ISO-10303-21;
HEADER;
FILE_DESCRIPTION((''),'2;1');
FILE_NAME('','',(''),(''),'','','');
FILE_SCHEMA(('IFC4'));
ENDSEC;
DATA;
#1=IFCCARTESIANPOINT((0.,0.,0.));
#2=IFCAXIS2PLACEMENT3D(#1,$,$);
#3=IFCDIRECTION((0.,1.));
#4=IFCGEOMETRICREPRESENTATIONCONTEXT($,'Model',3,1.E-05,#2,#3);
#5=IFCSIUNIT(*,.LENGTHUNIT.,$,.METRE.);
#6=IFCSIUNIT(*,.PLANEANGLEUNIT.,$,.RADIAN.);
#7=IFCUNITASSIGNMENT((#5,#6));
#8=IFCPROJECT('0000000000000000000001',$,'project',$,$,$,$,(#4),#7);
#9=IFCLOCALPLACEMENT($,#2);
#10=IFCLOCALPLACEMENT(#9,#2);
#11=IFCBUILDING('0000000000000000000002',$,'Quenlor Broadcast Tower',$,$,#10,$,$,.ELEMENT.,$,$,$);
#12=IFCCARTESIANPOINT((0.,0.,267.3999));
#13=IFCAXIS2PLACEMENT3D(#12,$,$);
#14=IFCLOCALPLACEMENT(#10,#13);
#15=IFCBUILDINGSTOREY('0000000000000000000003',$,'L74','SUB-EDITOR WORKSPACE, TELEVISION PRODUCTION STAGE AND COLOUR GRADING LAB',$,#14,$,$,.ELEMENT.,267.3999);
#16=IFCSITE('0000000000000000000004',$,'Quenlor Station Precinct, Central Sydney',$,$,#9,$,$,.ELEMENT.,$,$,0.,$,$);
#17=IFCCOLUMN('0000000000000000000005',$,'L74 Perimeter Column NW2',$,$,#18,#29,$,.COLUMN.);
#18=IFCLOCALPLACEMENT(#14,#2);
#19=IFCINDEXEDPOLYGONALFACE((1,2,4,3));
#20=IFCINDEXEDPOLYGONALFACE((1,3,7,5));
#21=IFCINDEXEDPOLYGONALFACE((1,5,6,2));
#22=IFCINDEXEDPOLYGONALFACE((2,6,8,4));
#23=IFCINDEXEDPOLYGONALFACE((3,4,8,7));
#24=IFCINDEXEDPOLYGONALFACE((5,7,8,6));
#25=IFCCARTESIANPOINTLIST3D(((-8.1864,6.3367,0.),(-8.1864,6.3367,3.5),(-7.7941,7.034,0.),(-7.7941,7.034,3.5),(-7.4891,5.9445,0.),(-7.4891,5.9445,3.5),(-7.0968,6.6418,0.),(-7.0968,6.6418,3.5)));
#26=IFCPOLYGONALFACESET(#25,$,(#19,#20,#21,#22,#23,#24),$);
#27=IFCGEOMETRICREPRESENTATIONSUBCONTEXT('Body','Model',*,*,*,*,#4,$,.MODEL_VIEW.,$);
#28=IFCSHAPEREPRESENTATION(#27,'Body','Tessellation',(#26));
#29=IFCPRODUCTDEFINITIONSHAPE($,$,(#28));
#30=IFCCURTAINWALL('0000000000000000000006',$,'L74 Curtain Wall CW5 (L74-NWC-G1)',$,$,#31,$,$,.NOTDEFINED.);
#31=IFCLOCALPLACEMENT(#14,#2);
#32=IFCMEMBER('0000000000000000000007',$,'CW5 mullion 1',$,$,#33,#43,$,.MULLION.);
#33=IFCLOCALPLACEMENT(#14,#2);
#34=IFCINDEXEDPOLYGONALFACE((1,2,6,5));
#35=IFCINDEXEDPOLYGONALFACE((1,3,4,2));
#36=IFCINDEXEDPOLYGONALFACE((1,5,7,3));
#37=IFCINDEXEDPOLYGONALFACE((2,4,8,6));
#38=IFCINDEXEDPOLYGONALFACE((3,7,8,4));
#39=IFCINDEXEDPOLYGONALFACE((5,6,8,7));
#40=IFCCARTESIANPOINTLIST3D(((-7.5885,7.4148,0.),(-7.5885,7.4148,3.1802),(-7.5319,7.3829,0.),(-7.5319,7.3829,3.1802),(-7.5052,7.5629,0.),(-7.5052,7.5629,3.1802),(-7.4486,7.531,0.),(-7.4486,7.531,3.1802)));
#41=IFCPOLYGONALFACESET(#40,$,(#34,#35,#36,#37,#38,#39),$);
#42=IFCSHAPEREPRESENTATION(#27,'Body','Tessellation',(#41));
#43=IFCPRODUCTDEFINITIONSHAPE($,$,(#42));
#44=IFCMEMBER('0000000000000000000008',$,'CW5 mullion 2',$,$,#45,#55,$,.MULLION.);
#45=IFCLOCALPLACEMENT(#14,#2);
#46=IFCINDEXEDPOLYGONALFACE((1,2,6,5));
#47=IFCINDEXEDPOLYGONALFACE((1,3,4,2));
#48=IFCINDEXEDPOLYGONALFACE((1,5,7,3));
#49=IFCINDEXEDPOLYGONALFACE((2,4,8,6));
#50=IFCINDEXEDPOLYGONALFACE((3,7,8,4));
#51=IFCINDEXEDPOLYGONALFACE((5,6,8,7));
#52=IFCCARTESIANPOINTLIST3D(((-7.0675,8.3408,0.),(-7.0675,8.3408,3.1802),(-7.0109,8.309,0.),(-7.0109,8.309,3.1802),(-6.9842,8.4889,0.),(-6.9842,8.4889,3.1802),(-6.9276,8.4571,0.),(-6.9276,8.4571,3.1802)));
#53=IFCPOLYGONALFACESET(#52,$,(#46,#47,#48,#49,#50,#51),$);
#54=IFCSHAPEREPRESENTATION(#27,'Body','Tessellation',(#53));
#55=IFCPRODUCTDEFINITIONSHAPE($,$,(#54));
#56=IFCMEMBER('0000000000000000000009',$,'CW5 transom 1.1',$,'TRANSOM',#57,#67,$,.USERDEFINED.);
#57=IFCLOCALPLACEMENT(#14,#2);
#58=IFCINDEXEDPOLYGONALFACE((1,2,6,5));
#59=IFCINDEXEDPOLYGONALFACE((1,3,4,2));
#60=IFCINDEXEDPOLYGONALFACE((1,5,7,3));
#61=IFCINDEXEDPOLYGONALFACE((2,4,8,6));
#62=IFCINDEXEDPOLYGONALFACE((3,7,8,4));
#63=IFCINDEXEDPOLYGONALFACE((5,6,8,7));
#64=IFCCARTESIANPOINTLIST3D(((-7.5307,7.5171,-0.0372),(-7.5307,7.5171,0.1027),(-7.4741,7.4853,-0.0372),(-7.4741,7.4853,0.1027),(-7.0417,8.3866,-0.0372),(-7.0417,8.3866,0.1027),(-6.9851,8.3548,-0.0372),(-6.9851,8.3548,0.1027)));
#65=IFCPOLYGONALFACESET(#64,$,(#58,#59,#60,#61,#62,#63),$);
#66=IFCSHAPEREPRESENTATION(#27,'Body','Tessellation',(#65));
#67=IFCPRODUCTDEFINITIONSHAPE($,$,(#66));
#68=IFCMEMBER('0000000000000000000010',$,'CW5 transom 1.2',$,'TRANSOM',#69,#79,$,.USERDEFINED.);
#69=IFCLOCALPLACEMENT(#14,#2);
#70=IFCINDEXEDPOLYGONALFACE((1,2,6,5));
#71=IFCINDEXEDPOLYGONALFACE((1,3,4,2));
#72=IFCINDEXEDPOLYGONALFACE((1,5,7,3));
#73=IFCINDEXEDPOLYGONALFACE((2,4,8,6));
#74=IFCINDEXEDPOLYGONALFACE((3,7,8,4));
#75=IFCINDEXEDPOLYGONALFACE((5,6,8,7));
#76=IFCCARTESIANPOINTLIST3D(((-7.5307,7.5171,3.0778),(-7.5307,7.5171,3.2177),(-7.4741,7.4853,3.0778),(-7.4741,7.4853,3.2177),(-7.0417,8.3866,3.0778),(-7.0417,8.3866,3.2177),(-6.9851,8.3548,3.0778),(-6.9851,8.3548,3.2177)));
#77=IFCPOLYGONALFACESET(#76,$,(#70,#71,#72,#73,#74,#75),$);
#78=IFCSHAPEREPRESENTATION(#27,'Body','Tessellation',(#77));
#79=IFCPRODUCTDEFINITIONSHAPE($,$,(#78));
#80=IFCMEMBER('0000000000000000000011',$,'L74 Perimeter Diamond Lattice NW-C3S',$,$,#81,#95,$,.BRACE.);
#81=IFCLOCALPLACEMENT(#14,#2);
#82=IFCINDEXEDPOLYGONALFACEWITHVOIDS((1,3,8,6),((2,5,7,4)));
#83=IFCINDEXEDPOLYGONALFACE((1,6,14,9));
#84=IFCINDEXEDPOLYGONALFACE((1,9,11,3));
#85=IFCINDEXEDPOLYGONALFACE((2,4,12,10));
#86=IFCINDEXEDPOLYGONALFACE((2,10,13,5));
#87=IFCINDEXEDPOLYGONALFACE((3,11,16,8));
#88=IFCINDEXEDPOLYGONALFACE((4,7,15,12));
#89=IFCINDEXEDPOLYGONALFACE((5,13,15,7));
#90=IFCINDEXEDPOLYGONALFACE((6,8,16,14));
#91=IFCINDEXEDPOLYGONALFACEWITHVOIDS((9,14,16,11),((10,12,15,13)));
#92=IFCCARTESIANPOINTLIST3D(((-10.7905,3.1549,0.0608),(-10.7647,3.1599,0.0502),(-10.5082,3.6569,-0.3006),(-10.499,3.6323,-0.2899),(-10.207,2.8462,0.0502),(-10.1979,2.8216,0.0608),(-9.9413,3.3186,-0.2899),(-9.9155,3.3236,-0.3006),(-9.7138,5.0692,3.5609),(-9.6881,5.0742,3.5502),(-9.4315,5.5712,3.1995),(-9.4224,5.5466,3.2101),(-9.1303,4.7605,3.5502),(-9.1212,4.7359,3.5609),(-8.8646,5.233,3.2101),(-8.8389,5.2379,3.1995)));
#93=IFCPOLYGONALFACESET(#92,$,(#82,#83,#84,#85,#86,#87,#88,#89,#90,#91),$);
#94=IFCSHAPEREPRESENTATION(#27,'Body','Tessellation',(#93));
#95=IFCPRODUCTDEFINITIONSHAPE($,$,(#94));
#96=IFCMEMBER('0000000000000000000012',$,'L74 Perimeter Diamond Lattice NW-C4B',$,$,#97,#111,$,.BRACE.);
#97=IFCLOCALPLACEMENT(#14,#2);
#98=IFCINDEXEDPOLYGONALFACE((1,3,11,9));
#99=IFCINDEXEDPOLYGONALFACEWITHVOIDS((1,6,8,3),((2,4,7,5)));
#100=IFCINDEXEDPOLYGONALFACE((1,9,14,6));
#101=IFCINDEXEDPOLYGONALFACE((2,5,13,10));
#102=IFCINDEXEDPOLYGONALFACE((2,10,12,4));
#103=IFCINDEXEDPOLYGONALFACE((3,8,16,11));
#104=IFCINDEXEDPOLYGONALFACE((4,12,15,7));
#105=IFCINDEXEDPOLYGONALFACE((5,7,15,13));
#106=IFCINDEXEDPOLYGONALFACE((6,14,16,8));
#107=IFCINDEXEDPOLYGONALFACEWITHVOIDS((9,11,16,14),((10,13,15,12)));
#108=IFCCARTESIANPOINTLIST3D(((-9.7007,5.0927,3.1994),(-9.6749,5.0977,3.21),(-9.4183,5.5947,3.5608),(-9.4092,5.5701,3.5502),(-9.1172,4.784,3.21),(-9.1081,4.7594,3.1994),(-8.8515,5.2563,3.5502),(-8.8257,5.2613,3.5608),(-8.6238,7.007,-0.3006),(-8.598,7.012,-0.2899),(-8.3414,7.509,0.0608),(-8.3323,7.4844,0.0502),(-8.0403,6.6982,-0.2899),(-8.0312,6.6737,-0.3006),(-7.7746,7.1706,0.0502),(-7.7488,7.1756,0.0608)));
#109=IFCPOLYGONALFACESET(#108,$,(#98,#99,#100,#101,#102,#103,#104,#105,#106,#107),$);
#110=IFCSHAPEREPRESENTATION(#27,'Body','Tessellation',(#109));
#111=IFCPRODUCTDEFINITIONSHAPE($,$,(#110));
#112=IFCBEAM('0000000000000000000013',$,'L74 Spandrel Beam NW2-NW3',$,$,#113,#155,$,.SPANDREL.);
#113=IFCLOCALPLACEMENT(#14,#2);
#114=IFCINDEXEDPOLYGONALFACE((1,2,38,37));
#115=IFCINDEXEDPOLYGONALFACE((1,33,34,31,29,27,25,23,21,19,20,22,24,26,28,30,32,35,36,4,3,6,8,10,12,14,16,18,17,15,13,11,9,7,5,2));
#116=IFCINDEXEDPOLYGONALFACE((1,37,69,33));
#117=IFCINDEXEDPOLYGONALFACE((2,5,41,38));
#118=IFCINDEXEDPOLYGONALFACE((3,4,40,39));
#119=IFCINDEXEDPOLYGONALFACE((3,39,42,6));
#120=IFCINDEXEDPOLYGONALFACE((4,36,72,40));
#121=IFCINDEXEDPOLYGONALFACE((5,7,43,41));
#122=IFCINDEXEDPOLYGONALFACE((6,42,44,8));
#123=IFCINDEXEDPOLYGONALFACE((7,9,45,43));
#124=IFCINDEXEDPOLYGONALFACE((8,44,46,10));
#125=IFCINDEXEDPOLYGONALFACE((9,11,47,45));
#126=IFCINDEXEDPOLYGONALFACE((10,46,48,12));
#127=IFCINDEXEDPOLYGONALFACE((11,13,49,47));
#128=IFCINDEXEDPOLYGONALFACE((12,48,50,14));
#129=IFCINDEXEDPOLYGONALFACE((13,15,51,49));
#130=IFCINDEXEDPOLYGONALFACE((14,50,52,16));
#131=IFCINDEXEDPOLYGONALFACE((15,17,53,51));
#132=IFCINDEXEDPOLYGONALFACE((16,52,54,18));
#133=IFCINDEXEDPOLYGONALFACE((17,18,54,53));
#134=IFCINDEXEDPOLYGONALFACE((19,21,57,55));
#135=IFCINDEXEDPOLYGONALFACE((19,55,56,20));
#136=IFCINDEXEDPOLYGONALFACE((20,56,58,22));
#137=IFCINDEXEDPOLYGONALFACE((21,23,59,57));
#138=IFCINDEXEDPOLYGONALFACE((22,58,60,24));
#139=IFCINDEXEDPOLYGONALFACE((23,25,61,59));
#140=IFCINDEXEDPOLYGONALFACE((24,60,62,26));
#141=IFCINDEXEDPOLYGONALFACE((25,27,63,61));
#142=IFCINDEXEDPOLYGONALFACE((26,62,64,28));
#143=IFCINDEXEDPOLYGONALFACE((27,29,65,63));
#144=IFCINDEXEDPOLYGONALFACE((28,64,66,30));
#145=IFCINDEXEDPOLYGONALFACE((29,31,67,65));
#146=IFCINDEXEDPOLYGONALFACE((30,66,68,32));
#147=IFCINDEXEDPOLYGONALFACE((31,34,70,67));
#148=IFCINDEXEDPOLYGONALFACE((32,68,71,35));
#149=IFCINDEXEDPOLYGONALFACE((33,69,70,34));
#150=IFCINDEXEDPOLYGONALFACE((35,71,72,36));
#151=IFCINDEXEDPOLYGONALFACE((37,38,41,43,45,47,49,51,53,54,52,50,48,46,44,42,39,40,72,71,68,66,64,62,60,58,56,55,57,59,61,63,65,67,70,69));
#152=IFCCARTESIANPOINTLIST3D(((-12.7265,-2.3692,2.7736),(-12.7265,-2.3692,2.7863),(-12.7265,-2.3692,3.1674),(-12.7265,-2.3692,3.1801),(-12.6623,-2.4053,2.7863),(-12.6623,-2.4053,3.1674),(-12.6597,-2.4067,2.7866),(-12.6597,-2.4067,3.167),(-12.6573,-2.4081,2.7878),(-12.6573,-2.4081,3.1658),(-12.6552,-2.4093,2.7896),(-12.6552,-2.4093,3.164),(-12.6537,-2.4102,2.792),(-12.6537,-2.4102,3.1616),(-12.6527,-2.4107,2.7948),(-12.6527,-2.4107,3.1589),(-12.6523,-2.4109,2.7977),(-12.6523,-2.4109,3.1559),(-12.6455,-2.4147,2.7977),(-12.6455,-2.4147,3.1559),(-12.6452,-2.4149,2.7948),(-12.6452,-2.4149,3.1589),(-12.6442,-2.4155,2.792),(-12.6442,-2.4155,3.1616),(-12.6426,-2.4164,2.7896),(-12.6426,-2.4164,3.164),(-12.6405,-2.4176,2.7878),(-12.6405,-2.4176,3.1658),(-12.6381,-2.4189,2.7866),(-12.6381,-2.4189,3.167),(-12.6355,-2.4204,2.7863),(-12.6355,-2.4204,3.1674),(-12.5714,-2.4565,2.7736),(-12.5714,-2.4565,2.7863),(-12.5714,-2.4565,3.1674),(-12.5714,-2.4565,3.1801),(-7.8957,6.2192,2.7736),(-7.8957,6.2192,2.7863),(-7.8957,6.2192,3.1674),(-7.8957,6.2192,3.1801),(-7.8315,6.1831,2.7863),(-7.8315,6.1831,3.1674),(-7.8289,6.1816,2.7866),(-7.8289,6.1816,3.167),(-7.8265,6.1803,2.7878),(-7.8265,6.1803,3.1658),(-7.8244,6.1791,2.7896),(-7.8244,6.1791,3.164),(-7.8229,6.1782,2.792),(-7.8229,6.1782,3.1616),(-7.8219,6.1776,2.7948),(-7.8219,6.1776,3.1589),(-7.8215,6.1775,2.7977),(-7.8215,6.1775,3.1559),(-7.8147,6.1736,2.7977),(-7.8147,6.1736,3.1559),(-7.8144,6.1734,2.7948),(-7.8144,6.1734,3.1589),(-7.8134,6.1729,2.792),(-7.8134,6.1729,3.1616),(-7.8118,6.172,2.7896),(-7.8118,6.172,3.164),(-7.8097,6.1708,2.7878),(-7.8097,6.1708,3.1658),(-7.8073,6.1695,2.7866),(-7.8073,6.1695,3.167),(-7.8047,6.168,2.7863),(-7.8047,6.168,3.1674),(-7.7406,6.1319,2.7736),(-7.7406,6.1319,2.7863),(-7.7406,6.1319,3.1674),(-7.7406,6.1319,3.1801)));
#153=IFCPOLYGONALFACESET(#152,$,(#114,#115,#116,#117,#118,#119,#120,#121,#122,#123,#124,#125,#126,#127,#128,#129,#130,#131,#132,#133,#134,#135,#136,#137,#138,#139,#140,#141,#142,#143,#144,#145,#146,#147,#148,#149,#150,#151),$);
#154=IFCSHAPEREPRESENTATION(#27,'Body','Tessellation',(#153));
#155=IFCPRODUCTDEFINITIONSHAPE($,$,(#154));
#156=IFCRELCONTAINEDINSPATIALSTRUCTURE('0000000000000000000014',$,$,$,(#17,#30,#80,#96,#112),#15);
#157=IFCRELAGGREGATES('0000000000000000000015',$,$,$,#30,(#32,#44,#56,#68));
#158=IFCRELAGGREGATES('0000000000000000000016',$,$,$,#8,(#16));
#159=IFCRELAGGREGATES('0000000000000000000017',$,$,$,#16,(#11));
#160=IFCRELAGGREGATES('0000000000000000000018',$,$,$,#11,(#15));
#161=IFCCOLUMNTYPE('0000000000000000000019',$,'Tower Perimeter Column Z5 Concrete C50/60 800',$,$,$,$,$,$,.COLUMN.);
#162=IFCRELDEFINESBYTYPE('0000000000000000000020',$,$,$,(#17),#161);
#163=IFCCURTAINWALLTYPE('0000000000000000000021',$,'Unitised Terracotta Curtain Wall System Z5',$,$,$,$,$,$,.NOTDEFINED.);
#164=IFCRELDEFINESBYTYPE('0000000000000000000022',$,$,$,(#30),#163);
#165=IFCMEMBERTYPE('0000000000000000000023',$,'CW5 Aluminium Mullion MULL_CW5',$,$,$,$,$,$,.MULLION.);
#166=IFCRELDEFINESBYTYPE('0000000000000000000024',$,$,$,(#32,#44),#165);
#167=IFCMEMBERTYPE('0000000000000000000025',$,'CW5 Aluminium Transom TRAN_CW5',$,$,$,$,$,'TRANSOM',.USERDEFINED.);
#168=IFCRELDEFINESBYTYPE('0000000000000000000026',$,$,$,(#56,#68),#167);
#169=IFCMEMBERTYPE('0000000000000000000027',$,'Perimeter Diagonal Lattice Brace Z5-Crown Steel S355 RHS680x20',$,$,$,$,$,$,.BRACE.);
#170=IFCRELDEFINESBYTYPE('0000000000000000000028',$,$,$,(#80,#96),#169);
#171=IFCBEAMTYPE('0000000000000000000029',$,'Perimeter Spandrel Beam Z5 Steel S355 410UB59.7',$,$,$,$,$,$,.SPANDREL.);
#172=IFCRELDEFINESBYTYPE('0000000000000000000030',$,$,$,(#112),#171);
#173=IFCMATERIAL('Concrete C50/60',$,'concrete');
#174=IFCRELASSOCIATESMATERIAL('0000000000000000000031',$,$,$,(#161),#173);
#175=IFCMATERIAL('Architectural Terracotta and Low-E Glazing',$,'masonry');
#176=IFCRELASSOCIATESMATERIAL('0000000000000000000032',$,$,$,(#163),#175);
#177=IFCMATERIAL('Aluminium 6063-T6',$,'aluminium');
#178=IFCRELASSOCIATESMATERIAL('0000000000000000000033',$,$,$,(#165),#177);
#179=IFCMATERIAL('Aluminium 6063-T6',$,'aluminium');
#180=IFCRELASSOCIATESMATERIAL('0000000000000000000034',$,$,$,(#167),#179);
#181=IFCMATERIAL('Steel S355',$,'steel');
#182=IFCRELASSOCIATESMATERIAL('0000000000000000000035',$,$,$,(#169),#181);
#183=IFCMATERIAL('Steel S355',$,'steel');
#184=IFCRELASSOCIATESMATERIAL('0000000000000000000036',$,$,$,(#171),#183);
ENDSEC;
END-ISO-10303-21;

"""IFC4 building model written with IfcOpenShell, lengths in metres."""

from ifc_helpers import new_model, si_unit, direction, frame, origin, origin_2d, place, context, subcontext, project, spatial, rectangle, hollow_rectangle, i_section, extrude, material, material_profile, profile_set, type_object, element, aggregate, save


model = new_model("IFC4")

# Units and contexts
model_context = context("Model", 3, precision=1e-05, world=origin(), true_north=direction((0.0, 1.0)))
body_context = subcontext(model_context, "Body", "Model", "MODEL_VIEW")
ifc_project = project(units=[si_unit("LENGTHUNIT", "METRE"), si_unit("PLANEANGLEUNIT", "RADIAN")], contexts=[model_context])

# Site, building, storey
site_placement = place(None, origin())
site = spatial("IfcSite", under=ifc_project, at=site_placement, Name="Quenlor Station Precinct, Central Sydney", CompositionType="ELEMENT", RefElevation=0.0)
building_placement = place(site_placement, origin())
building = spatial("IfcBuilding", under=site, at=building_placement, Name="Quenlor Broadcast Tower", CompositionType="ELEMENT")
storey_placement = place(building_placement, frame((0.0, 0.0, 267.3999)))
storey = spatial("IfcBuildingStorey", under=building, at=storey_placement, Name="L74", Description="SUB-EDITOR WORKSPACE, TELEVISION PRODUCTION STAGE AND COLOUR GRADING LAB", CompositionType="ELEMENT", Elevation=267.3999)

# Column
ifc_material_1 = material(Name="Concrete C50/60", Category="concrete")
ifc_material_profile_1 = material_profile(ifc_material_1, rectangle(XDim=0.8, YDim=0.8, at=origin_2d()))
ifc_profile_set_1 = profile_set([ifc_material_profile_1], Name="Concrete C50/60 RC800x800")
column_type = type_object("IfcColumnType", Name="Tower Perimeter Column Z5 Concrete C50/60 800", PredefinedType="COLUMN", material=ifc_profile_set_1)
column_placement = place(storey_placement, frame((-7.6416, 6.4893, 0.0), z_axis=(0.0, 0.0, 1.0), x_axis=(-0.871575, 0.490262, 0.0)))
element("IfcColumn", 1, at=column_placement, inside=storey, type_object=column_type, Name="L74 Perimeter Column NW2", PredefinedType="COLUMN", context=body_context, shape_type="SweptSolid", body=[
    extrude(rectangle(XDim=0.8, YDim=0.8, at=origin_2d()), origin(), (0.0, 0.0, 1.0), 3.5),
])

# Curtain wall, members
ifc_material_2 = material(Name="Architectural Terracotta and Low-E Glazing", Category="masonry")
curtain_wall_type = type_object("IfcCurtainWallType", Name="Unitised Terracotta Curtain Wall System Z5", PredefinedType="NOTDEFINED", material=ifc_material_2)
curtain_wall_placement = place(storey_placement, origin())
curtain_wall = element("IfcCurtainWall", 2, at=curtain_wall_placement, inside=storey, type_object=curtain_wall_type, Name="L74 Curtain Wall CW5 (L74-NWC-G1)", PredefinedType="NOTDEFINED")
ifc_material_3 = material(Name="Aluminium 6063-T6", Category="aluminium")
ifc_material_profile_2 = material_profile(ifc_material_3, rectangle(XDim=0.0649, YDim=0.1699, at=origin_2d()))
ifc_profile_set_2 = profile_set([ifc_material_profile_2], Name="Aluminium 6063-T6 MULL65x170")
member_type_1 = type_object("IfcMemberType", Name="CW5 Aluminium Mullion MULL_CW5", PredefinedType="MULLION", material=ifc_profile_set_2)
member_1_placement = place(storey_placement, frame((-7.5186, 7.4729, 0.0), z_axis=(0.0, 0.0, 1.0), x_axis=(-0.871564, 0.490282, 0.0)))
member_1 = element("IfcMember", 3, at=member_1_placement, type_object=member_type_1, Name="CW5 mullion 1", PredefinedType="MULLION", context=body_context, shape_type="SweptSolid", body=[
    extrude(rectangle(XDim=0.0649, YDim=0.1699, at=origin_2d()), origin(), (0.0, 0.0, 1.0), 3.1802),
])
member_2_placement = place(storey_placement, frame((-6.9976, 8.3989, 0.0), z_axis=(0.0, 0.0, 1.0), x_axis=(-0.871564, 0.490282, 0.0)))
member_2 = element("IfcMember", 4, at=member_2_placement, type_object=member_type_1, Name="CW5 mullion 2", PredefinedType="MULLION", context=body_context, shape_type="SweptSolid", body=[
    extrude(rectangle(XDim=0.0649, YDim=0.1699, at=origin_2d()), origin(), (0.0, 0.0, 1.0), 3.1802),
])
ifc_material_4 = material(Name="Aluminium 6063-T6", Category="aluminium")
ifc_material_profile_3 = material_profile(ifc_material_4, rectangle(XDim=0.0649, YDim=0.1399, at=origin_2d()))
ifc_profile_set_3 = profile_set([ifc_material_profile_3], Name="Aluminium 6063-T6 TRAN65x140")
member_type_2 = type_object("IfcMemberType", Name="CW5 Aluminium Transom TRAN_CW5", ElementType="TRANSOM", PredefinedType="USERDEFINED", material=ifc_profile_set_3)
member_3_placement = place(storey_placement, frame((-7.5024, 7.5012, 0.0327), z_axis=(0.49025, 0.871582, 0.0), x_axis=(-0.871582, 0.49025, 0.0)))
member_3 = element("IfcMember", 5, at=member_3_placement, type_object=member_type_2, Name="CW5 transom 1.1", ObjectType="TRANSOM", PredefinedType="USERDEFINED", context=body_context, shape_type="SweptSolid", body=[
    extrude(rectangle(XDim=0.0649, YDim=0.1399, at=origin_2d()), origin(), (0.0, 0.0, 1.0), 0.9976),
])
member_4_placement = place(storey_placement, frame((-7.5024, 7.5012, 3.1477), z_axis=(0.49025, 0.871582, 0.0), x_axis=(-0.871582, 0.49025, 0.0)))
member_4 = element("IfcMember", 6, at=member_4_placement, type_object=member_type_2, Name="CW5 transom 1.2", ObjectType="TRANSOM", PredefinedType="USERDEFINED", context=body_context, shape_type="SweptSolid", body=[
    extrude(rectangle(XDim=0.0649, YDim=0.1399, at=origin_2d()), origin(), (0.0, 0.0, 1.0), 0.9976),
])

# Members
ifc_material_5 = material(Name="Steel S355", Category="steel")
ifc_material_profile_4 = material_profile(ifc_material_5, hollow_rectangle(XDim=0.6799, YDim=0.6799, WallThickness=0.02, at=origin_2d()))
ifc_profile_set_4 = profile_set([ifc_material_profile_4], Name="Steel S355 RHS680x680x20")
member_type_3 = type_object("IfcMemberType", Name="Perimeter Diagonal Lattice Brace Z5-Crown Steel S355 RHS680x20", PredefinedType="BRACE", material=ifc_profile_set_4)
for number, where, z_axis, x_axis, name in (
    (7, (-10.353, 3.2393, -0.1199), (0.260564, 0.463283, 0.847039), (-0.871602, 0.490214, 0.0), "L74 Perimeter Diamond Lattice NW-C3S"),
    (8, (-8.1863, 7.0913, -0.1199), (-0.260619, -0.463276, 0.847026), (0.871555, -0.490298, 0.0), "L74 Perimeter Diamond Lattice NW-C4B"),
):
    element("IfcMember", number, at=place(storey_placement, frame(where, z_axis=z_axis, x_axis=x_axis)), inside=storey, type_object=member_type_3, Name=name, PredefinedType="BRACE", context=body_context, shape_type="SweptSolid", body=[
        extrude(hollow_rectangle(XDim=0.6799, YDim=0.6799, WallThickness=0.02, at=origin_2d()), origin(), (0.0, 0.0, 1.0), 4.1321),
    ])

# Beam
ifc_material_6 = material(Name="Steel S355", Category="steel")
ifc_material_profile_5 = material_profile(ifc_material_6, i_section(OverallWidth=0.178, OverallDepth=0.4065, WebThickness=0.0078, FlangeThickness=0.0127, FilletRadius=0.0115, at=origin_2d()))
ifc_profile_set_5 = profile_set([ifc_material_profile_5], Name="Steel S355 410UB59.7")
beam_type_1 = type_object("IfcBeamType", Name="Perimeter Spandrel Beam Z5 Steel S355 410UB59.7", PredefinedType="SPANDREL", material=ifc_profile_set_5)
beam_1_placement = place(storey_placement, frame((-7.8181, 6.1755, 2.9768), z_axis=(-0.490249, -0.871582, 0.0), x_axis=(0.871582, -0.490249, 0.0)))
element("IfcBeam", 9, at=beam_1_placement, inside=storey, type_object=beam_type_1, Name="L74 Spandrel Beam NW2-NW3", PredefinedType="SPANDREL", context=body_context, shape_type="SweptSolid", body=[
    extrude(i_section(OverallWidth=0.178, OverallDepth=0.4065, WebThickness=0.0078, FlangeThickness=0.0127, FilletRadius=0.0115, at=origin_2d()), origin(), (0.0, 0.0, 1.0), 9.8538),
])

aggregate(curtain_wall, [member_1, member_2, member_3, member_4])

save(model, "model.ifc")
